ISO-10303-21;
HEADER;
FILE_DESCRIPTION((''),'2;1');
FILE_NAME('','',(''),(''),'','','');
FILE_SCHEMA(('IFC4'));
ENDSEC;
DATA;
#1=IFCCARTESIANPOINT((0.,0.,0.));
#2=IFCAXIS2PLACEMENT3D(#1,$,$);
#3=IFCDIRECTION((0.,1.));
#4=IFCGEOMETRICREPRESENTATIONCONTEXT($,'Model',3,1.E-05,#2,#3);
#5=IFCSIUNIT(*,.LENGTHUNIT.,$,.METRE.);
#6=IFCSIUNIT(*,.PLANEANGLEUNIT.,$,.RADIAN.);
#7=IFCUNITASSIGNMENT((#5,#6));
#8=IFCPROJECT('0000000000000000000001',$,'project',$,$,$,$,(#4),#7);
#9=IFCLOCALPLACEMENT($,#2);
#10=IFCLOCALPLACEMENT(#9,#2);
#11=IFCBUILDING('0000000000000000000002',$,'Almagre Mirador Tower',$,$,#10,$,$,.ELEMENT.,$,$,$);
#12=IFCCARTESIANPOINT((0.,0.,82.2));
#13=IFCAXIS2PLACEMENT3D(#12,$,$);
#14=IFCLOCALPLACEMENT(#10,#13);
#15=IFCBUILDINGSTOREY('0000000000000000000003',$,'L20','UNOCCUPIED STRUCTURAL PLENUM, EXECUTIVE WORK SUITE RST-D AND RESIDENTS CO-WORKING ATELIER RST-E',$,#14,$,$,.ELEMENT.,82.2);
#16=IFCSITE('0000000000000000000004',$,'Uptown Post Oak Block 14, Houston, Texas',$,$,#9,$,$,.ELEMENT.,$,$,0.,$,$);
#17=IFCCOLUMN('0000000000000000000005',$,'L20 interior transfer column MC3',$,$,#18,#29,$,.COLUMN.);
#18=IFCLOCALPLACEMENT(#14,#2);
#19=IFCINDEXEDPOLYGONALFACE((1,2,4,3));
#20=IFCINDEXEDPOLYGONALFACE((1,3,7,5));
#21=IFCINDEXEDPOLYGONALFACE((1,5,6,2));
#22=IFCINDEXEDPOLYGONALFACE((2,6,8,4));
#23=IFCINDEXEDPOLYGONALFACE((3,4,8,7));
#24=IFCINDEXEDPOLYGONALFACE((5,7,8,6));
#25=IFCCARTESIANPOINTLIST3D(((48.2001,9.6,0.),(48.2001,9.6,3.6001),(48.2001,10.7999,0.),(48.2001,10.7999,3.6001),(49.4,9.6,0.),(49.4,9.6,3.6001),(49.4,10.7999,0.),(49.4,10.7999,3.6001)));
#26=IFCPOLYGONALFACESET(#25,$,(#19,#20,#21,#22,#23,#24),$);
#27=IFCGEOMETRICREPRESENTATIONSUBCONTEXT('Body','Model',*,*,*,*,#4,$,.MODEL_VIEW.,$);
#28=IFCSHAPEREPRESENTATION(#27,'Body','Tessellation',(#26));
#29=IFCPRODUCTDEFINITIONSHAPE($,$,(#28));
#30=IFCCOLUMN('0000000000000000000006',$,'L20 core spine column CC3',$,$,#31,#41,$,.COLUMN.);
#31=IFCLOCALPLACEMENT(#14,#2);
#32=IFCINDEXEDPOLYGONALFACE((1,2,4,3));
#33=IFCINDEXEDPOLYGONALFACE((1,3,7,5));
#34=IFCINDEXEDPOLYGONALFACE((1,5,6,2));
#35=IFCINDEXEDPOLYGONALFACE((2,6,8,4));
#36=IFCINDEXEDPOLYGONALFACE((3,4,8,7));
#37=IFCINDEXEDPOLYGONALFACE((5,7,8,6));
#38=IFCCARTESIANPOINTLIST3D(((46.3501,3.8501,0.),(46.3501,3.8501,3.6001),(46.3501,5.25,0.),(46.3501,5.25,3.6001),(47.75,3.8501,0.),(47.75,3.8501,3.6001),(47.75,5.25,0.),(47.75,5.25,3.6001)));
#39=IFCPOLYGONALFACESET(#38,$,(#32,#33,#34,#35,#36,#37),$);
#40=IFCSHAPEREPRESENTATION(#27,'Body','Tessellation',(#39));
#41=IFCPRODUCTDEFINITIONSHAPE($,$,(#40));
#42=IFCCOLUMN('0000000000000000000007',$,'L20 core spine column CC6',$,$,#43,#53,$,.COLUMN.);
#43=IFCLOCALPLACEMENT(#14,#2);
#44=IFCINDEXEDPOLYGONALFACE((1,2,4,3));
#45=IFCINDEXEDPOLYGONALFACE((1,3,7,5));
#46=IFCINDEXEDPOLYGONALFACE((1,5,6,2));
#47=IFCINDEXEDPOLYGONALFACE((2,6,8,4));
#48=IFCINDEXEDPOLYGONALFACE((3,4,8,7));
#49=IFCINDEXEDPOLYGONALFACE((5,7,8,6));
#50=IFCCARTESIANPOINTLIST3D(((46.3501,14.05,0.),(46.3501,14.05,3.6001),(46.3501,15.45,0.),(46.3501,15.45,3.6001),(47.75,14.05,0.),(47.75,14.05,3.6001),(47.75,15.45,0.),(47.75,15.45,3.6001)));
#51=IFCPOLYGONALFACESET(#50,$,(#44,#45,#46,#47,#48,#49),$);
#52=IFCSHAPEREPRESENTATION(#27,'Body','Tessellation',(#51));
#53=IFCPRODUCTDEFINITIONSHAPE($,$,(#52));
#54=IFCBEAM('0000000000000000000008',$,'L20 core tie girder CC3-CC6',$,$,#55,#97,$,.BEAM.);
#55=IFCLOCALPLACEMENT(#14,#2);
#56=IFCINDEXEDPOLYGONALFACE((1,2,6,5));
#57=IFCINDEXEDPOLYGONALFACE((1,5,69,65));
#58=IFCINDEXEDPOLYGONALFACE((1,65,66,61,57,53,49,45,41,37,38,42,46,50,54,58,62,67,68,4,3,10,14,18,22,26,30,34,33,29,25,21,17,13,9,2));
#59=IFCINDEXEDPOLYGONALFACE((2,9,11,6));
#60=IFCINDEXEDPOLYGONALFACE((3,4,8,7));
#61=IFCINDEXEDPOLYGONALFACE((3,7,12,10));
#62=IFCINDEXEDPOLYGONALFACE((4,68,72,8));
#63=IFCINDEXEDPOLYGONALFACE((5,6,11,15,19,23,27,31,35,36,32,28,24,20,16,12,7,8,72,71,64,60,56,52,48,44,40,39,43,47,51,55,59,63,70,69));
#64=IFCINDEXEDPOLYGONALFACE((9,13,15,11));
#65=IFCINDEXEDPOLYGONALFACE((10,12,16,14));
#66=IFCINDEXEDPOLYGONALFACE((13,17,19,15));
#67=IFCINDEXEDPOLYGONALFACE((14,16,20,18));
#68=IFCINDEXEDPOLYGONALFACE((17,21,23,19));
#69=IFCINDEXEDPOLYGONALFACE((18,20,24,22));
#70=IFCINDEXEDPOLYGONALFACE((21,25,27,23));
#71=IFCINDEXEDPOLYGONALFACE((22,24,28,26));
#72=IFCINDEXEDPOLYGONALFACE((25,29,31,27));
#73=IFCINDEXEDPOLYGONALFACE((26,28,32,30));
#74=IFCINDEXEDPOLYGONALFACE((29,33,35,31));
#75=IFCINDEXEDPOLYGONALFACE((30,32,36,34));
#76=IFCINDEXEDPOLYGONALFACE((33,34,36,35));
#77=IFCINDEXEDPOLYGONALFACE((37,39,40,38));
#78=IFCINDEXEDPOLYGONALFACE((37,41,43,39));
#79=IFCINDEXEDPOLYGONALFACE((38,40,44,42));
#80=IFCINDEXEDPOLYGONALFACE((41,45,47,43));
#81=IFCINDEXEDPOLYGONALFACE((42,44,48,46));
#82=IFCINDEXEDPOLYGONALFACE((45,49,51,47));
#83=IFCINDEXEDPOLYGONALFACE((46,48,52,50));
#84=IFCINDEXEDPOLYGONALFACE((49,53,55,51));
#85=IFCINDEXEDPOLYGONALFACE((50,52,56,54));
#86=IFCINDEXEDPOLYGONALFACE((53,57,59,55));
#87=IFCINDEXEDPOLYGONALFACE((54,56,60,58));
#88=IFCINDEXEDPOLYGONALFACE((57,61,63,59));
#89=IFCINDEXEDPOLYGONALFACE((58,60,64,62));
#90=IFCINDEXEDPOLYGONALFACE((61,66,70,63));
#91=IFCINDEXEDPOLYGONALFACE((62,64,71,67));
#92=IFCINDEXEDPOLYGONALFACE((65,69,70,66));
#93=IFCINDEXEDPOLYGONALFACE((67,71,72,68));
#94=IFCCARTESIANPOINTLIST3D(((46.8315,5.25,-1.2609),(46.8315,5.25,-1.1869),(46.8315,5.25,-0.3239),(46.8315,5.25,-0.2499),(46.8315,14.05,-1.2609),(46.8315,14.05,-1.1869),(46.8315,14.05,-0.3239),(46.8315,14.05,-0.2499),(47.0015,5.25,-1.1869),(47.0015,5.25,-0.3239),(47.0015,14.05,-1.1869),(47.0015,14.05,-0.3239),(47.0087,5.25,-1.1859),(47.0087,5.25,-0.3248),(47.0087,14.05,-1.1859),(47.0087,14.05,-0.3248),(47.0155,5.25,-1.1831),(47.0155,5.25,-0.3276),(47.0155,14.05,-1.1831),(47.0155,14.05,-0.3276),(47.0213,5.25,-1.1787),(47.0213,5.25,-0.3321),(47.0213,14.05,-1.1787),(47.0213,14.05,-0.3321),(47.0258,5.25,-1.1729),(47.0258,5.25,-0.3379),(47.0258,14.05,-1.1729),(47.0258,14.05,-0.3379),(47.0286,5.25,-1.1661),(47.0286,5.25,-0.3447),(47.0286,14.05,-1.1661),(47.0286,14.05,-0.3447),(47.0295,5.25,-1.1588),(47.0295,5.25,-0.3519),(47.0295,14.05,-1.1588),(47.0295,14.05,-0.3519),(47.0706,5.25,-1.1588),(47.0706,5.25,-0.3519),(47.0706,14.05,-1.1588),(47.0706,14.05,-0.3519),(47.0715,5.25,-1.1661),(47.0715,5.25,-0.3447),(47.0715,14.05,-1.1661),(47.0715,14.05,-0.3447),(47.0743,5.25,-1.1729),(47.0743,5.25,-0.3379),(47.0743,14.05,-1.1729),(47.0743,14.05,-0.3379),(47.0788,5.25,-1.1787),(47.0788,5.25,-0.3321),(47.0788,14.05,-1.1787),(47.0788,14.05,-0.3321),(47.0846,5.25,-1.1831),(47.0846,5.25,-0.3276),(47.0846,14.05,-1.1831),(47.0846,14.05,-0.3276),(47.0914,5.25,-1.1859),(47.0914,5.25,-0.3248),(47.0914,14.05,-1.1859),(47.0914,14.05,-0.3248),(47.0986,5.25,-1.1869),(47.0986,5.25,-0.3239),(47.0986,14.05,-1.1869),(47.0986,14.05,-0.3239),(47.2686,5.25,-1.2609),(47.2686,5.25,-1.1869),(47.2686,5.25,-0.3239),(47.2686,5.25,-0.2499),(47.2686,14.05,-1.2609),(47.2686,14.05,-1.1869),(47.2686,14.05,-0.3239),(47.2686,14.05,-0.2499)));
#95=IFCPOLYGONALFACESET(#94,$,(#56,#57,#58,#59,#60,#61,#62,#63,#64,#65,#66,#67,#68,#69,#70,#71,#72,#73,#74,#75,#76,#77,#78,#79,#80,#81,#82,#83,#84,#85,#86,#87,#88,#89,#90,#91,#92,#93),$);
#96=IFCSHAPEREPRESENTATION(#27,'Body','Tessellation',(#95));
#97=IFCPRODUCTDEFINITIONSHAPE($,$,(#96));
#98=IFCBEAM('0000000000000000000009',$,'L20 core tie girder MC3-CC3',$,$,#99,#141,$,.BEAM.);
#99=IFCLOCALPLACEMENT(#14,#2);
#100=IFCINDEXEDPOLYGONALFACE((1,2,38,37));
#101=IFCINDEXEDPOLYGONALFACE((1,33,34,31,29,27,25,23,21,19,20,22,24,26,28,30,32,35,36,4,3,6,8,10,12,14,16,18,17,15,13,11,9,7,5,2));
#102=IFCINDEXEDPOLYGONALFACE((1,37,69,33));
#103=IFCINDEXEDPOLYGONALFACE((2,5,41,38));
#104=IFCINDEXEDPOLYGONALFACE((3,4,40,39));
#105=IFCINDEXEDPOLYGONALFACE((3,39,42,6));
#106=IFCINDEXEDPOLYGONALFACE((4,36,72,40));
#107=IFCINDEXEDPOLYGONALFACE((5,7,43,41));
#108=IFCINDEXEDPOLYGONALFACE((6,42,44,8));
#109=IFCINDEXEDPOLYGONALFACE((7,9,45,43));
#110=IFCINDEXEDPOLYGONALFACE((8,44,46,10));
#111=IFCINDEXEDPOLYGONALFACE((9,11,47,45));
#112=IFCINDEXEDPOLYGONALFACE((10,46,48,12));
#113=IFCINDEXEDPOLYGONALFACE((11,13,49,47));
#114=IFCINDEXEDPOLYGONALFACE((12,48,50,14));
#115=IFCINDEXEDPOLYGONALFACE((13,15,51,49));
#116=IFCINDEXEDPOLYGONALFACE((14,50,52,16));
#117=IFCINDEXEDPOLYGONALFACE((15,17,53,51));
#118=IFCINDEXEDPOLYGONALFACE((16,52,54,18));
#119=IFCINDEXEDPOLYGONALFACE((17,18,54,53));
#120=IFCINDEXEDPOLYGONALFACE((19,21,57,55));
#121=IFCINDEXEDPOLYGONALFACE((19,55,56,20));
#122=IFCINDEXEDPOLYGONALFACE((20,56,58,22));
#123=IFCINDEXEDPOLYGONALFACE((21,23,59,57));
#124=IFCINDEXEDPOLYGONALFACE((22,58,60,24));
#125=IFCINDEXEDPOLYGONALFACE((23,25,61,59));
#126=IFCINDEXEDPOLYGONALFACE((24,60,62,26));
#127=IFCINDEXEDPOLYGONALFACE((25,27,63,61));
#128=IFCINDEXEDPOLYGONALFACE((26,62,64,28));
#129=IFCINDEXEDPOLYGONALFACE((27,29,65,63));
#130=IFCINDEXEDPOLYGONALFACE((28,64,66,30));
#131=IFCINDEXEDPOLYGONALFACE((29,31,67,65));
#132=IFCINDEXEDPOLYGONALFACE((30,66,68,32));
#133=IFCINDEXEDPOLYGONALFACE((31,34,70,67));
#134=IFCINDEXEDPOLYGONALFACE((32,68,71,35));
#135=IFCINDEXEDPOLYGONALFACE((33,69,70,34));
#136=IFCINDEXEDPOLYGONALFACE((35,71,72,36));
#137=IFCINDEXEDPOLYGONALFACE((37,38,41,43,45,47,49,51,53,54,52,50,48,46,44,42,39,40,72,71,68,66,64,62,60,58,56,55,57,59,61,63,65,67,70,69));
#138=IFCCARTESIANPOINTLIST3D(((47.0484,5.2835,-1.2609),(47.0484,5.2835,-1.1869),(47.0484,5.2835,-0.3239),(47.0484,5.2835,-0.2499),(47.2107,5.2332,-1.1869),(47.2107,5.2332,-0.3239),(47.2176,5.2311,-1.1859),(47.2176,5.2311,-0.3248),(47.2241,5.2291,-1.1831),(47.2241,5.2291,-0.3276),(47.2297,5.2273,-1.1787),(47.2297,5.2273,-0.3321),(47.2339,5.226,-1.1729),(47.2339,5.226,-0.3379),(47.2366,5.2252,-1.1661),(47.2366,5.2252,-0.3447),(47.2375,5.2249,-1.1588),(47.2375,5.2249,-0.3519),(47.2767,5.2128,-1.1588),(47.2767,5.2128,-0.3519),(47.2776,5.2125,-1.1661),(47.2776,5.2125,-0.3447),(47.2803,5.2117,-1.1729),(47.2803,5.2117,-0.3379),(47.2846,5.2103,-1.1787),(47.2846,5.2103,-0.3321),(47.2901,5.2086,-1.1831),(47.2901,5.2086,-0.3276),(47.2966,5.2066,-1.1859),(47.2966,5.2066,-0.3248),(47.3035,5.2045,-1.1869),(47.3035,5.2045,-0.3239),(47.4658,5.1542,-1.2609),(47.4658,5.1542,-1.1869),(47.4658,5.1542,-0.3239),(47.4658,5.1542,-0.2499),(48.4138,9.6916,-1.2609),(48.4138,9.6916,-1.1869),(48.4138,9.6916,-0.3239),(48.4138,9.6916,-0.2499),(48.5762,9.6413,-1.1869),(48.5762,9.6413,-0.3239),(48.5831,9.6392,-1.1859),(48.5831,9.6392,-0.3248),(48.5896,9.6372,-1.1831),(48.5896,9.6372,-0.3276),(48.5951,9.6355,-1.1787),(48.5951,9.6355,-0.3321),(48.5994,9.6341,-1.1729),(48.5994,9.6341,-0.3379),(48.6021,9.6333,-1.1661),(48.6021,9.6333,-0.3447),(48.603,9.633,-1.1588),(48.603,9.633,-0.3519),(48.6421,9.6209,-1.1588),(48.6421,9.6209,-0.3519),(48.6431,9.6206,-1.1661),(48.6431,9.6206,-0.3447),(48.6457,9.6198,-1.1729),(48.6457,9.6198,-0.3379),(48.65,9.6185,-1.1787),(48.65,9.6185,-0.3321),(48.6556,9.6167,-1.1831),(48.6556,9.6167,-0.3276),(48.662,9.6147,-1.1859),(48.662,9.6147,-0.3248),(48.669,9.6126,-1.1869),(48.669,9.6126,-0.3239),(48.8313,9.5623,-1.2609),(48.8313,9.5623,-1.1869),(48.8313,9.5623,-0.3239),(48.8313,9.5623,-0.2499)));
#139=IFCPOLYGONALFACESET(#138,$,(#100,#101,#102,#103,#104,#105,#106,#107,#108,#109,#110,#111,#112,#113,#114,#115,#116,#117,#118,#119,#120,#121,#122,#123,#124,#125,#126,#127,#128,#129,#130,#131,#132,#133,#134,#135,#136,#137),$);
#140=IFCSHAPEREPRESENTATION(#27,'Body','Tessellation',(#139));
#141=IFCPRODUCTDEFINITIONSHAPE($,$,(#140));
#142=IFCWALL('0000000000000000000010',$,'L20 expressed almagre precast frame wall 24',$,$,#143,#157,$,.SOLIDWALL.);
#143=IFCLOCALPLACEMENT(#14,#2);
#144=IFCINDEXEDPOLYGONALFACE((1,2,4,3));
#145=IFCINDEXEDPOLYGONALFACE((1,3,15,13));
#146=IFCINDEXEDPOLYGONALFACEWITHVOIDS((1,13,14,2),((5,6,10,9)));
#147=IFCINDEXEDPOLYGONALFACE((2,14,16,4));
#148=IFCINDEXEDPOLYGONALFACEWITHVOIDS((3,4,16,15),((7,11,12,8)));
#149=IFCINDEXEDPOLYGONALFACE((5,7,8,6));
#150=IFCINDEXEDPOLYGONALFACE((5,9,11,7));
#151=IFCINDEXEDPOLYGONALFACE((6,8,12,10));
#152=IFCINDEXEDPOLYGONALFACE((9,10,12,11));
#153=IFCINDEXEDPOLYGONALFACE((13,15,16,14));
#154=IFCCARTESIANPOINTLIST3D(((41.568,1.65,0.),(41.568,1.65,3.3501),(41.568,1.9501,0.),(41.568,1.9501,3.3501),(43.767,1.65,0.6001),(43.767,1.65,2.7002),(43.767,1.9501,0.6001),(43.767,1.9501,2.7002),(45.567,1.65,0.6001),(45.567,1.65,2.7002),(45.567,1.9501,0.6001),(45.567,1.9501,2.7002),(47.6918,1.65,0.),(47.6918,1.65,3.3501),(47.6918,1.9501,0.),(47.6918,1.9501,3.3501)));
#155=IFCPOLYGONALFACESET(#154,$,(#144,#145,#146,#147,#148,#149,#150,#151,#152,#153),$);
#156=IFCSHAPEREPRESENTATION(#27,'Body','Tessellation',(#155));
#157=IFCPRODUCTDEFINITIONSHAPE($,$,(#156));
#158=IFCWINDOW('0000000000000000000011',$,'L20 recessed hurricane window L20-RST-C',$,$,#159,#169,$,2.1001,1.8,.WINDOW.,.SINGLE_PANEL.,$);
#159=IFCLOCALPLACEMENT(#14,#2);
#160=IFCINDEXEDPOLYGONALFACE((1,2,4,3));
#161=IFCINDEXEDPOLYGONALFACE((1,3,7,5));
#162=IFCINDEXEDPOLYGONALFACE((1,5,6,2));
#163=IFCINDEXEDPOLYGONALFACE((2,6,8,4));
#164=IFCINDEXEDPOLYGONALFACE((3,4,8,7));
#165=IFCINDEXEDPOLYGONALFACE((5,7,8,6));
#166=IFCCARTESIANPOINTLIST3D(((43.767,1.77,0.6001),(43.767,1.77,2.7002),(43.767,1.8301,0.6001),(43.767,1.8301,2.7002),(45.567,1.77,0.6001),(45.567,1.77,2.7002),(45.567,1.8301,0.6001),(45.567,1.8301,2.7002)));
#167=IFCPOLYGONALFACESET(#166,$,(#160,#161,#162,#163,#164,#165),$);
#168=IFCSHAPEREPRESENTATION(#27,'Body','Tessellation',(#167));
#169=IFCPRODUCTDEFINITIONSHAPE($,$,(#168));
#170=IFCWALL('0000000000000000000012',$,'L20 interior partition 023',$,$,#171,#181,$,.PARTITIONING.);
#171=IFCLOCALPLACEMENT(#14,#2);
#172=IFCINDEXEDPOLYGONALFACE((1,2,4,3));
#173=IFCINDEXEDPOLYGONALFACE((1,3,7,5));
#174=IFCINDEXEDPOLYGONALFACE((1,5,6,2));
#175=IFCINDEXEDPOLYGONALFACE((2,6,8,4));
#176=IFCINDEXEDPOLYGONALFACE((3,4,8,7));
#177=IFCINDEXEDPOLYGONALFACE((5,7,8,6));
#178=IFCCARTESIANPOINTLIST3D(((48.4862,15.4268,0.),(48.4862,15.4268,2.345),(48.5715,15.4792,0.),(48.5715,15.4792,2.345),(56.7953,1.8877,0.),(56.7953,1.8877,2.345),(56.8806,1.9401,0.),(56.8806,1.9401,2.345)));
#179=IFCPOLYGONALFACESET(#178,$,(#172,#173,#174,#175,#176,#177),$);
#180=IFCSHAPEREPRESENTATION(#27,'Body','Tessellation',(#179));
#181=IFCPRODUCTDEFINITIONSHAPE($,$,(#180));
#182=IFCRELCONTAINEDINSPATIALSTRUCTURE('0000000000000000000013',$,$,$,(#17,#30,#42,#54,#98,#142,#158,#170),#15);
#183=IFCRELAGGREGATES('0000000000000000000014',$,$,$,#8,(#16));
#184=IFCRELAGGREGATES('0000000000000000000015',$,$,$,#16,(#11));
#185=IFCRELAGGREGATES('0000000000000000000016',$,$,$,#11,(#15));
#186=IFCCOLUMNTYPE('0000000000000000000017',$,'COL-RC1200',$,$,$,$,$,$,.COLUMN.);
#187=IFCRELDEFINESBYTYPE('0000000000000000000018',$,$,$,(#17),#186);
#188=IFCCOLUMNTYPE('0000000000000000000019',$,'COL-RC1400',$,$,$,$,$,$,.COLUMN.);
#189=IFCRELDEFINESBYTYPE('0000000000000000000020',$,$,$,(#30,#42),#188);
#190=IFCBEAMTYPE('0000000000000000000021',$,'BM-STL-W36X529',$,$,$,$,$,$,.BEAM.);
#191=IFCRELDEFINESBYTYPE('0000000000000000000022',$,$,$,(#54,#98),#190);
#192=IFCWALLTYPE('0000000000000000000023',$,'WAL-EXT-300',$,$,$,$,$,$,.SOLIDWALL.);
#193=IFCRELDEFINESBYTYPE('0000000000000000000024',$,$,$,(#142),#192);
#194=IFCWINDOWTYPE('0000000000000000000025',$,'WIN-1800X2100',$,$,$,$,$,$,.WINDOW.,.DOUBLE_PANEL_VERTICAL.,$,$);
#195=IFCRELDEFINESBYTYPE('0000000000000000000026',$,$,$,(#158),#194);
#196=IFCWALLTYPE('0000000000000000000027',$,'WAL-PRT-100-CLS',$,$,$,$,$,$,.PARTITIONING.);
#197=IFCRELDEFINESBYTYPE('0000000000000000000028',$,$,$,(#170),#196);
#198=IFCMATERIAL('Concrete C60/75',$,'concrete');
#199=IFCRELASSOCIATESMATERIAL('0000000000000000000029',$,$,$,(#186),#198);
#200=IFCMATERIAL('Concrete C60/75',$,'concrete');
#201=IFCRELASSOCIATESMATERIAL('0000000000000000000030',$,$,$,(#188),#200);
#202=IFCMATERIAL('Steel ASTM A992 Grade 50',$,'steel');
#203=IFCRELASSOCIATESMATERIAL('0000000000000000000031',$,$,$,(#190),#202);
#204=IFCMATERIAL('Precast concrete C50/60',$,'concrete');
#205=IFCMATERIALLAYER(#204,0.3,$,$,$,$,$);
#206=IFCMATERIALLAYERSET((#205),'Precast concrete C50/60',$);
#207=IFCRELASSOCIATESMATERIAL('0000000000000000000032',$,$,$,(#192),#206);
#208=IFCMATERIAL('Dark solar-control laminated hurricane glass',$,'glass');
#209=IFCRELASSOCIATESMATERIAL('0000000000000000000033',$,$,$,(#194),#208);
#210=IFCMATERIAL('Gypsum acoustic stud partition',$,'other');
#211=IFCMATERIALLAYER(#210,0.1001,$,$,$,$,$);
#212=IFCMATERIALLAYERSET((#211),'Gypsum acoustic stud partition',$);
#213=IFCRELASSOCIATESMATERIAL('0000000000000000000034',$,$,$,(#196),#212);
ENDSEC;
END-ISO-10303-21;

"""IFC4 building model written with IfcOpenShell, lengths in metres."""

from ifc_helpers import new_model, si_unit, direction, frame, frame_2d, origin, origin_2d, place, context, subcontext, project, spatial, rectangle, i_section, extrude, material, layer, layer_set, material_profile, profile_set, type_object, element, fill, save


model = new_model("IFC4")

# Units and contexts
model_context = context("Model", 3, precision=1e-05, world=origin(), true_north=direction((0.0, 1.0)))
body_context = subcontext(model_context, "Body", "Model", "MODEL_VIEW")
ifc_project = project(units=[si_unit("LENGTHUNIT", "METRE"), si_unit("PLANEANGLEUNIT", "RADIAN")], contexts=[model_context])

# Site, building, storey
site_placement = place(None, origin())
site = spatial("IfcSite", under=ifc_project, at=site_placement, Name="Uptown Post Oak Block 14, Houston, Texas", CompositionType="ELEMENT", RefElevation=0.0)
building_placement = place(site_placement, origin())
building = spatial("IfcBuilding", under=site, at=building_placement, Name="Almagre Mirador Tower", CompositionType="ELEMENT")
storey_placement = place(building_placement, frame((0.0, 0.0, 82.2)))
storey = spatial("IfcBuildingStorey", under=building, at=storey_placement, Name="L20", Description="UNOCCUPIED STRUCTURAL PLENUM, EXECUTIVE WORK SUITE RST-D AND RESIDENTS CO-WORKING ATELIER RST-E", CompositionType="ELEMENT", Elevation=82.2)

# Columns
ifc_material_1 = material(Name="Concrete C60/75", Category="concrete")
ifc_material_profile_1 = material_profile(ifc_material_1, rectangle(XDim=1.2, YDim=1.2, at=origin_2d()), Name="RC1200X1200")
ifc_profile_set_1 = profile_set([ifc_material_profile_1], Name="Concrete C60/75")
column_type_1 = type_object("IfcColumnType", Name="COL-RC1200", PredefinedType="COLUMN", material=ifc_profile_set_1)
column_placement = place(storey_placement, frame((48.8, 10.2, 0.0), z_axis=(0.0, 0.0, 1.0), x_axis=(1.0, 0.0, 0.0)))
element("IfcColumn", 1, at=column_placement, inside=storey, type_object=column_type_1, Name="L20 interior transfer column MC3", PredefinedType="COLUMN", context=body_context, shape_type="SweptSolid", body=[
    extrude(rectangle(XDim=1.2, YDim=1.2, at=origin_2d()), origin(), (0.0, 0.0, 1.0), 3.6001),
])
ifc_material_2 = material(Name="Concrete C60/75", Category="concrete")
ifc_material_profile_2 = material_profile(ifc_material_2, rectangle(XDim=1.3999, YDim=1.3999, at=origin_2d()), Name="RC1400X1400")
ifc_profile_set_2 = profile_set([ifc_material_profile_2], Name="Concrete C60/75")
column_type_2 = type_object("IfcColumnType", Name="COL-RC1400", PredefinedType="COLUMN", material=ifc_profile_set_2)
for number, where, z_axis, x_axis, name in (
    (2, (47.05, 4.55, 0.0), (0.0, 0.0, 1.0), (1.0, 0.0, 0.0), "L20 core spine column CC3"),
    (3, (47.05, 14.75, 0.0), (0.0, 0.0, 1.0), (1.0, 0.0, 0.0), "L20 core spine column CC6"),
):
    element("IfcColumn", number, at=place(storey_placement, frame(where, z_axis=z_axis, x_axis=x_axis)), inside=storey, type_object=column_type_2, Name=name, PredefinedType="COLUMN", context=body_context, shape_type="SweptSolid", body=[
        extrude(rectangle(XDim=1.3999, YDim=1.3999, at=origin_2d()), origin(), (0.0, 0.0, 1.0), 3.6001),
    ])

# Beams
ifc_material_3 = material(Name="Steel ASTM A992 Grade 50", Category="steel")
ifc_material_profile_3 = material_profile(ifc_material_3, i_section(OverallWidth=0.437, OverallDepth=1.011, WebThickness=0.041, FlangeThickness=0.074, FilletRadius=0.0281, at=origin_2d()), Name="W36X529")
ifc_profile_set_3 = profile_set([ifc_material_profile_3], Name="Steel ASTM A992 Grade 50")
beam_type = type_object("IfcBeamType", Name="BM-STL-W36X529", PredefinedType="BEAM", material=ifc_profile_set_3)
beam_1_placement = place(storey_placement, frame((47.05, 5.25, -0.7554), z_axis=(0.0, 1.0, 0.0), x_axis=(-1.0, 0.0, 0.0)))
element("IfcBeam", 4, at=beam_1_placement, inside=storey, type_object=beam_type, Name="L20 core tie girder CC3-CC6", PredefinedType="BEAM", context=body_context, shape_type="SweptSolid", body=[
    extrude(i_section(OverallWidth=0.437, OverallDepth=1.011, WebThickness=0.041, FlangeThickness=0.074, FilletRadius=0.0281, at=origin_2d()), origin(), (0.0, 0.0, 1.0), 8.8),
])
beam_2_placement = place(storey_placement, frame((48.6226, 9.627, -0.7554), z_axis=(-0.295888, -0.955223, 0.0), x_axis=(0.955223, -0.295888, 0.0)))
element("IfcBeam", 5, at=beam_2_placement, inside=storey, type_object=beam_type, Name="L20 core tie girder MC3-CC3", PredefinedType="BEAM", context=body_context, shape_type="SweptSolid", body=[
    extrude(i_section(OverallWidth=0.437, OverallDepth=1.011, WebThickness=0.041, FlangeThickness=0.074, FilletRadius=0.0281, at=origin_2d()), origin(), (0.0, 0.0, 1.0), 4.6147),
])

# Wall, opening, window
ifc_material_4 = material(Name="Precast concrete C50/60", Category="concrete")
ifc_layer_1 = layer(ifc_material_4, 0.3)
ifc_layer_set_1 = layer_set([ifc_layer_1], Name="Precast concrete C50/60")
wall_type_1 = type_object("IfcWallType", Name="WAL-EXT-300", PredefinedType="SOLIDWALL", material=ifc_layer_set_1)
wall_1_placement = place(storey_placement, frame((47.6919, 1.8, 0.0), z_axis=(0.0, 0.0, 1.0), x_axis=(-1.0, 0.0, 0.0)))
wall_1 = element("IfcWall", 6, at=wall_1_placement, inside=storey, type_object=wall_type_1, Name="L20 expressed almagre precast frame wall 24", PredefinedType="SOLIDWALL", context=body_context, shape_type="SweptSolid", body=[
    extrude(rectangle(XDim=6.1238, YDim=0.3, at=frame_2d((3.062, 0.0))), origin(), (0.0, 0.0, 1.0), 3.3501),
])
opening_1_placement = place(wall_1_placement, frame((2.125, 0.0, 0.6001)))
opening_1 = element("IfcOpeningElement", 7, at=opening_1_placement, cuts=wall_1, PredefinedType="OPENING", context=body_context, shape_type="SweptSolid", body=[
    extrude(rectangle(XDim=1.8, YDim=2.1001, at=frame_2d((0.8999, 1.05))), frame((0.0, 0.1599, 0.0), z_axis=(0.0, -1.0, 0.0), x_axis=(1.0, 0.0, 0.0)), (0.0, 0.0, 1.0), 0.32),
])
ifc_material_5 = material(Name="Dark solar-control laminated hurricane glass", Category="glass")
window_type = type_object("IfcWindowType", Name="WIN-1800X2100", PartitioningType="DOUBLE_PANEL_VERTICAL", PredefinedType="WINDOW", material=ifc_material_5)
window_placement = place(opening_1_placement, origin())
window = element("IfcWindow", 8, at=window_placement, inside=storey, type_object=window_type, Name="L20 recessed hurricane window L20-RST-C", OverallHeight=2.1001, OverallWidth=1.8, PartitioningType="SINGLE_PANEL", PredefinedType="WINDOW", context=body_context, shape_type="SweptSolid", body=[
    extrude(rectangle(XDim=1.8, YDim=2.1001, at=frame_2d((0.8999, 1.05))), frame((0.0, 0.03, 0.0), z_axis=(0.0, -1.0, 0.0), x_axis=(1.0, 0.0, 0.0)), (0.0, 0.0, 1.0), 0.0601),
])
fill(opening_1, window)

# Wall
ifc_material_6 = material(Name="Gypsum acoustic stud partition", Category="other")
ifc_layer_2 = layer(ifc_material_6, 0.1001)
ifc_layer_set_2 = layer_set([ifc_layer_2], Name="Gypsum acoustic stud partition")
wall_type_2 = type_object("IfcWallType", Name="WAL-PRT-100-CLS", PredefinedType="PARTITIONING", material=ifc_layer_set_2)
wall_2_placement = place(storey_placement, frame((48.5288, 15.4531, 0.0), z_axis=(0.0, 0.0, 1.0), x_axis=(0.523063, -0.852294, 0.0)))
element("IfcWall", 9, at=wall_2_placement, inside=storey, type_object=wall_type_2, Name="L20 interior partition 023", PredefinedType="PARTITIONING", context=body_context, shape_type="SweptSolid", body=[
    extrude(rectangle(XDim=15.8855, YDim=0.1001, at=frame_2d((7.9429, 0.0))), origin(), (0.0, 0.0, 1.0), 2.345),
])

save(model, "model.ifc")
